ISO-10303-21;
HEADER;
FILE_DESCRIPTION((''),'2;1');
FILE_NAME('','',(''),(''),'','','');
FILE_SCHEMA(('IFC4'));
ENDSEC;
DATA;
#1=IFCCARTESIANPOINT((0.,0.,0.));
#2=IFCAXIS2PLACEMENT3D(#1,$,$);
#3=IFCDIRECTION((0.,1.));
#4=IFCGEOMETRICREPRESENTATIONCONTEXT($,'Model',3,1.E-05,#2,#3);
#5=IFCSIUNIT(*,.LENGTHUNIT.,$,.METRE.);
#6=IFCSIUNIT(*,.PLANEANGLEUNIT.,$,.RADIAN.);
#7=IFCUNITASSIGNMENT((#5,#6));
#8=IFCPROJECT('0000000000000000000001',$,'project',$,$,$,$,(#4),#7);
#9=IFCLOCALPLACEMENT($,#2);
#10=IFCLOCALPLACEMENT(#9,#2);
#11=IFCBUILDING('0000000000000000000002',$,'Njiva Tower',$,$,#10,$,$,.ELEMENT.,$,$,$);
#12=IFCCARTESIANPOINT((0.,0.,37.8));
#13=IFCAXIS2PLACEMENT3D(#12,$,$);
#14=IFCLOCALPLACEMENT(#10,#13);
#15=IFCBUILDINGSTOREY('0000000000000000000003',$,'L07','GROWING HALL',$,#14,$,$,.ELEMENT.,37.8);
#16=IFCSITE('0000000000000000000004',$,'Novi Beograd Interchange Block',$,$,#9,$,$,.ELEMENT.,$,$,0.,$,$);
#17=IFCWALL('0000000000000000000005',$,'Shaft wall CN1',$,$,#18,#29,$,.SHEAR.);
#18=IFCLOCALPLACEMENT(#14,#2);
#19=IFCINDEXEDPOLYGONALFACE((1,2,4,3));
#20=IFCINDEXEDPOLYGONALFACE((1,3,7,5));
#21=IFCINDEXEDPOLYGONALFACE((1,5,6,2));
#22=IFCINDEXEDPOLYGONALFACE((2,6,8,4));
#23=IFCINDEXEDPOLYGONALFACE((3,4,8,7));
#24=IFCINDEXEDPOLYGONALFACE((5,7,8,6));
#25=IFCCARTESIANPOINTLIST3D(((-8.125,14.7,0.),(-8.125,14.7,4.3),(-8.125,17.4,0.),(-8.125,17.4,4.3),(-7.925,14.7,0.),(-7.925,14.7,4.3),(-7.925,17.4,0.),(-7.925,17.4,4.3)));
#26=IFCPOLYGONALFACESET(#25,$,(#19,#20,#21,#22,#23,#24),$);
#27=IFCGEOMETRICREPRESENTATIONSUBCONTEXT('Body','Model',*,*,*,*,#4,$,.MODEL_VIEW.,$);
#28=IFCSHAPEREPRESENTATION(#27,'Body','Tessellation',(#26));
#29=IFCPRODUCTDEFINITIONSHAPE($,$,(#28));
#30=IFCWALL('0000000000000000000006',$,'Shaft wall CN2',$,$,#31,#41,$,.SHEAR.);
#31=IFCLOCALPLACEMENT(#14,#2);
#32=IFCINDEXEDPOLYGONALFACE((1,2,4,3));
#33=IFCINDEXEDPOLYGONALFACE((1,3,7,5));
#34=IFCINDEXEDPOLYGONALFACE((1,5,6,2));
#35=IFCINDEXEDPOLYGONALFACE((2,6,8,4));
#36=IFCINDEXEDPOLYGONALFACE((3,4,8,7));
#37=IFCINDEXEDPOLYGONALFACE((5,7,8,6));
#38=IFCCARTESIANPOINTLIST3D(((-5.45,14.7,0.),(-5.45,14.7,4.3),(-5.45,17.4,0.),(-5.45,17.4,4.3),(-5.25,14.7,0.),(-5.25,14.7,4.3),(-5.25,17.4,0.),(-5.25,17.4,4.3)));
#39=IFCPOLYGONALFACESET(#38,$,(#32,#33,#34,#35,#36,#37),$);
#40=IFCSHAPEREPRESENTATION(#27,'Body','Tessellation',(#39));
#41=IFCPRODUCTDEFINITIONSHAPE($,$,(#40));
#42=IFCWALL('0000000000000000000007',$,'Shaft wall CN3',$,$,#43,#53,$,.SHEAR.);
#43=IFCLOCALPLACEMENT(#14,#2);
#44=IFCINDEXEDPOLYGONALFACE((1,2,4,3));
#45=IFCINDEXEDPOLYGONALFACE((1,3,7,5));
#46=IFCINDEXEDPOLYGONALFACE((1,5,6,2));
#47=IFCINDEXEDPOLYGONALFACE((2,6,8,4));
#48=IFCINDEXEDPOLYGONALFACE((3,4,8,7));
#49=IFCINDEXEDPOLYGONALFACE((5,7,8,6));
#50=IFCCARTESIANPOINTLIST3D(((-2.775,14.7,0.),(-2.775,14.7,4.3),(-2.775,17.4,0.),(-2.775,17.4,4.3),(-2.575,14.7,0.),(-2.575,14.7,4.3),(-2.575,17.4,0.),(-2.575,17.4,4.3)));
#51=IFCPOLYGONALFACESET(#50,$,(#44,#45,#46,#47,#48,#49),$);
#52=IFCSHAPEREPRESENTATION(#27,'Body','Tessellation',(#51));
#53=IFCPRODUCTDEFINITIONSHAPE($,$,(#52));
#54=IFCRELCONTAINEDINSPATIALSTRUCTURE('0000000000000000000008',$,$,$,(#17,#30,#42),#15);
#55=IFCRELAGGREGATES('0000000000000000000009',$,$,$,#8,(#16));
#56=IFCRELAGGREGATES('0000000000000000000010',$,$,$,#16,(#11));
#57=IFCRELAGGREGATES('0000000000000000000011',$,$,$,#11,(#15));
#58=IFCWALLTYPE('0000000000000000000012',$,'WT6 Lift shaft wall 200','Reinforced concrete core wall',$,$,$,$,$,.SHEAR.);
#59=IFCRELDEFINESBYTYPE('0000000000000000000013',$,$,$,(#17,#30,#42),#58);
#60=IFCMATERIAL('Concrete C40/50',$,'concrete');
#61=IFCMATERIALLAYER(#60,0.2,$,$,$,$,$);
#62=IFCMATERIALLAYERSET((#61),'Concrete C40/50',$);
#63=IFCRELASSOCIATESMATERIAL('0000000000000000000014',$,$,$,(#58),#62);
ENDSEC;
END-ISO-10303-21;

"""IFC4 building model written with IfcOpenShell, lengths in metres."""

from ifc_helpers import new_model, si_unit, direction, frame, frame_2d, origin, place, context, subcontext, project, spatial, rectangle, extrude, material, layer, layer_set, type_object, element, save


model = new_model("IFC4")

# Units and contexts
model_context = context("Model", 3, precision=1e-05, world=origin(), true_north=direction((0.0, 1.0)))
body_context = subcontext(model_context, "Body", "Model", "MODEL_VIEW")
ifc_project = project(units=[si_unit("LENGTHUNIT", "METRE"), si_unit("PLANEANGLEUNIT", "RADIAN")], contexts=[model_context])

# Site, building, storey
site_placement = place(None, origin())
site = spatial("IfcSite", under=ifc_project, at=site_placement, Name="Novi Beograd Interchange Block", CompositionType="ELEMENT", RefElevation=0.0)
building_placement = place(site_placement, origin())
building = spatial("IfcBuilding", under=site, at=building_placement, Name="Njiva Tower", CompositionType="ELEMENT")
storey_placement = place(building_placement, frame((0.0, 0.0, 37.8)))
storey = spatial("IfcBuildingStorey", under=building, at=storey_placement, Name="L07", Description="GROWING HALL", CompositionType="ELEMENT", Elevation=37.8)

# Walls
ifc_material_1 = material(Name="Concrete C40/50", Category="concrete")
ifc_layer_1 = layer(ifc_material_1, 0.2)
ifc_layer_set_1 = layer_set([ifc_layer_1], Name="Concrete C40/50")
wall_type_1 = type_object("IfcWallType", Name="WT6 Lift shaft wall 200", Description="Reinforced concrete core wall", PredefinedType="SHEAR", material=ifc_layer_set_1)
for number, where, z_axis, x_axis, name in (
    (1, (-8.025, 14.7, 0.0), (0.0, 0.0, 1.0), (0.0, 1.0, 0.0), "Shaft wall CN1"),
    (2, (-5.35, 14.7, 0.0), (0.0, 0.0, 1.0), (0.0, 1.0, 0.0), "Shaft wall CN2"),
    (3, (-2.675, 14.7, 0.0), (0.0, 0.0, 1.0), (0.0, 1.0, 0.0), "Shaft wall CN3"),
):
    element("IfcWall", number, at=place(storey_placement, frame(where, z_axis=z_axis, x_axis=x_axis)), inside=storey, type_object=wall_type_1, Name=name, PredefinedType="SHEAR", context=body_context, shape_type="SweptSolid", body=[
        extrude(rectangle(XDim=2.7, YDim=0.2, at=frame_2d((1.35, 0.0))), origin(), (0.0, 0.0, 1.0), 4.3),
    ])

save(model, "model.ifc")
